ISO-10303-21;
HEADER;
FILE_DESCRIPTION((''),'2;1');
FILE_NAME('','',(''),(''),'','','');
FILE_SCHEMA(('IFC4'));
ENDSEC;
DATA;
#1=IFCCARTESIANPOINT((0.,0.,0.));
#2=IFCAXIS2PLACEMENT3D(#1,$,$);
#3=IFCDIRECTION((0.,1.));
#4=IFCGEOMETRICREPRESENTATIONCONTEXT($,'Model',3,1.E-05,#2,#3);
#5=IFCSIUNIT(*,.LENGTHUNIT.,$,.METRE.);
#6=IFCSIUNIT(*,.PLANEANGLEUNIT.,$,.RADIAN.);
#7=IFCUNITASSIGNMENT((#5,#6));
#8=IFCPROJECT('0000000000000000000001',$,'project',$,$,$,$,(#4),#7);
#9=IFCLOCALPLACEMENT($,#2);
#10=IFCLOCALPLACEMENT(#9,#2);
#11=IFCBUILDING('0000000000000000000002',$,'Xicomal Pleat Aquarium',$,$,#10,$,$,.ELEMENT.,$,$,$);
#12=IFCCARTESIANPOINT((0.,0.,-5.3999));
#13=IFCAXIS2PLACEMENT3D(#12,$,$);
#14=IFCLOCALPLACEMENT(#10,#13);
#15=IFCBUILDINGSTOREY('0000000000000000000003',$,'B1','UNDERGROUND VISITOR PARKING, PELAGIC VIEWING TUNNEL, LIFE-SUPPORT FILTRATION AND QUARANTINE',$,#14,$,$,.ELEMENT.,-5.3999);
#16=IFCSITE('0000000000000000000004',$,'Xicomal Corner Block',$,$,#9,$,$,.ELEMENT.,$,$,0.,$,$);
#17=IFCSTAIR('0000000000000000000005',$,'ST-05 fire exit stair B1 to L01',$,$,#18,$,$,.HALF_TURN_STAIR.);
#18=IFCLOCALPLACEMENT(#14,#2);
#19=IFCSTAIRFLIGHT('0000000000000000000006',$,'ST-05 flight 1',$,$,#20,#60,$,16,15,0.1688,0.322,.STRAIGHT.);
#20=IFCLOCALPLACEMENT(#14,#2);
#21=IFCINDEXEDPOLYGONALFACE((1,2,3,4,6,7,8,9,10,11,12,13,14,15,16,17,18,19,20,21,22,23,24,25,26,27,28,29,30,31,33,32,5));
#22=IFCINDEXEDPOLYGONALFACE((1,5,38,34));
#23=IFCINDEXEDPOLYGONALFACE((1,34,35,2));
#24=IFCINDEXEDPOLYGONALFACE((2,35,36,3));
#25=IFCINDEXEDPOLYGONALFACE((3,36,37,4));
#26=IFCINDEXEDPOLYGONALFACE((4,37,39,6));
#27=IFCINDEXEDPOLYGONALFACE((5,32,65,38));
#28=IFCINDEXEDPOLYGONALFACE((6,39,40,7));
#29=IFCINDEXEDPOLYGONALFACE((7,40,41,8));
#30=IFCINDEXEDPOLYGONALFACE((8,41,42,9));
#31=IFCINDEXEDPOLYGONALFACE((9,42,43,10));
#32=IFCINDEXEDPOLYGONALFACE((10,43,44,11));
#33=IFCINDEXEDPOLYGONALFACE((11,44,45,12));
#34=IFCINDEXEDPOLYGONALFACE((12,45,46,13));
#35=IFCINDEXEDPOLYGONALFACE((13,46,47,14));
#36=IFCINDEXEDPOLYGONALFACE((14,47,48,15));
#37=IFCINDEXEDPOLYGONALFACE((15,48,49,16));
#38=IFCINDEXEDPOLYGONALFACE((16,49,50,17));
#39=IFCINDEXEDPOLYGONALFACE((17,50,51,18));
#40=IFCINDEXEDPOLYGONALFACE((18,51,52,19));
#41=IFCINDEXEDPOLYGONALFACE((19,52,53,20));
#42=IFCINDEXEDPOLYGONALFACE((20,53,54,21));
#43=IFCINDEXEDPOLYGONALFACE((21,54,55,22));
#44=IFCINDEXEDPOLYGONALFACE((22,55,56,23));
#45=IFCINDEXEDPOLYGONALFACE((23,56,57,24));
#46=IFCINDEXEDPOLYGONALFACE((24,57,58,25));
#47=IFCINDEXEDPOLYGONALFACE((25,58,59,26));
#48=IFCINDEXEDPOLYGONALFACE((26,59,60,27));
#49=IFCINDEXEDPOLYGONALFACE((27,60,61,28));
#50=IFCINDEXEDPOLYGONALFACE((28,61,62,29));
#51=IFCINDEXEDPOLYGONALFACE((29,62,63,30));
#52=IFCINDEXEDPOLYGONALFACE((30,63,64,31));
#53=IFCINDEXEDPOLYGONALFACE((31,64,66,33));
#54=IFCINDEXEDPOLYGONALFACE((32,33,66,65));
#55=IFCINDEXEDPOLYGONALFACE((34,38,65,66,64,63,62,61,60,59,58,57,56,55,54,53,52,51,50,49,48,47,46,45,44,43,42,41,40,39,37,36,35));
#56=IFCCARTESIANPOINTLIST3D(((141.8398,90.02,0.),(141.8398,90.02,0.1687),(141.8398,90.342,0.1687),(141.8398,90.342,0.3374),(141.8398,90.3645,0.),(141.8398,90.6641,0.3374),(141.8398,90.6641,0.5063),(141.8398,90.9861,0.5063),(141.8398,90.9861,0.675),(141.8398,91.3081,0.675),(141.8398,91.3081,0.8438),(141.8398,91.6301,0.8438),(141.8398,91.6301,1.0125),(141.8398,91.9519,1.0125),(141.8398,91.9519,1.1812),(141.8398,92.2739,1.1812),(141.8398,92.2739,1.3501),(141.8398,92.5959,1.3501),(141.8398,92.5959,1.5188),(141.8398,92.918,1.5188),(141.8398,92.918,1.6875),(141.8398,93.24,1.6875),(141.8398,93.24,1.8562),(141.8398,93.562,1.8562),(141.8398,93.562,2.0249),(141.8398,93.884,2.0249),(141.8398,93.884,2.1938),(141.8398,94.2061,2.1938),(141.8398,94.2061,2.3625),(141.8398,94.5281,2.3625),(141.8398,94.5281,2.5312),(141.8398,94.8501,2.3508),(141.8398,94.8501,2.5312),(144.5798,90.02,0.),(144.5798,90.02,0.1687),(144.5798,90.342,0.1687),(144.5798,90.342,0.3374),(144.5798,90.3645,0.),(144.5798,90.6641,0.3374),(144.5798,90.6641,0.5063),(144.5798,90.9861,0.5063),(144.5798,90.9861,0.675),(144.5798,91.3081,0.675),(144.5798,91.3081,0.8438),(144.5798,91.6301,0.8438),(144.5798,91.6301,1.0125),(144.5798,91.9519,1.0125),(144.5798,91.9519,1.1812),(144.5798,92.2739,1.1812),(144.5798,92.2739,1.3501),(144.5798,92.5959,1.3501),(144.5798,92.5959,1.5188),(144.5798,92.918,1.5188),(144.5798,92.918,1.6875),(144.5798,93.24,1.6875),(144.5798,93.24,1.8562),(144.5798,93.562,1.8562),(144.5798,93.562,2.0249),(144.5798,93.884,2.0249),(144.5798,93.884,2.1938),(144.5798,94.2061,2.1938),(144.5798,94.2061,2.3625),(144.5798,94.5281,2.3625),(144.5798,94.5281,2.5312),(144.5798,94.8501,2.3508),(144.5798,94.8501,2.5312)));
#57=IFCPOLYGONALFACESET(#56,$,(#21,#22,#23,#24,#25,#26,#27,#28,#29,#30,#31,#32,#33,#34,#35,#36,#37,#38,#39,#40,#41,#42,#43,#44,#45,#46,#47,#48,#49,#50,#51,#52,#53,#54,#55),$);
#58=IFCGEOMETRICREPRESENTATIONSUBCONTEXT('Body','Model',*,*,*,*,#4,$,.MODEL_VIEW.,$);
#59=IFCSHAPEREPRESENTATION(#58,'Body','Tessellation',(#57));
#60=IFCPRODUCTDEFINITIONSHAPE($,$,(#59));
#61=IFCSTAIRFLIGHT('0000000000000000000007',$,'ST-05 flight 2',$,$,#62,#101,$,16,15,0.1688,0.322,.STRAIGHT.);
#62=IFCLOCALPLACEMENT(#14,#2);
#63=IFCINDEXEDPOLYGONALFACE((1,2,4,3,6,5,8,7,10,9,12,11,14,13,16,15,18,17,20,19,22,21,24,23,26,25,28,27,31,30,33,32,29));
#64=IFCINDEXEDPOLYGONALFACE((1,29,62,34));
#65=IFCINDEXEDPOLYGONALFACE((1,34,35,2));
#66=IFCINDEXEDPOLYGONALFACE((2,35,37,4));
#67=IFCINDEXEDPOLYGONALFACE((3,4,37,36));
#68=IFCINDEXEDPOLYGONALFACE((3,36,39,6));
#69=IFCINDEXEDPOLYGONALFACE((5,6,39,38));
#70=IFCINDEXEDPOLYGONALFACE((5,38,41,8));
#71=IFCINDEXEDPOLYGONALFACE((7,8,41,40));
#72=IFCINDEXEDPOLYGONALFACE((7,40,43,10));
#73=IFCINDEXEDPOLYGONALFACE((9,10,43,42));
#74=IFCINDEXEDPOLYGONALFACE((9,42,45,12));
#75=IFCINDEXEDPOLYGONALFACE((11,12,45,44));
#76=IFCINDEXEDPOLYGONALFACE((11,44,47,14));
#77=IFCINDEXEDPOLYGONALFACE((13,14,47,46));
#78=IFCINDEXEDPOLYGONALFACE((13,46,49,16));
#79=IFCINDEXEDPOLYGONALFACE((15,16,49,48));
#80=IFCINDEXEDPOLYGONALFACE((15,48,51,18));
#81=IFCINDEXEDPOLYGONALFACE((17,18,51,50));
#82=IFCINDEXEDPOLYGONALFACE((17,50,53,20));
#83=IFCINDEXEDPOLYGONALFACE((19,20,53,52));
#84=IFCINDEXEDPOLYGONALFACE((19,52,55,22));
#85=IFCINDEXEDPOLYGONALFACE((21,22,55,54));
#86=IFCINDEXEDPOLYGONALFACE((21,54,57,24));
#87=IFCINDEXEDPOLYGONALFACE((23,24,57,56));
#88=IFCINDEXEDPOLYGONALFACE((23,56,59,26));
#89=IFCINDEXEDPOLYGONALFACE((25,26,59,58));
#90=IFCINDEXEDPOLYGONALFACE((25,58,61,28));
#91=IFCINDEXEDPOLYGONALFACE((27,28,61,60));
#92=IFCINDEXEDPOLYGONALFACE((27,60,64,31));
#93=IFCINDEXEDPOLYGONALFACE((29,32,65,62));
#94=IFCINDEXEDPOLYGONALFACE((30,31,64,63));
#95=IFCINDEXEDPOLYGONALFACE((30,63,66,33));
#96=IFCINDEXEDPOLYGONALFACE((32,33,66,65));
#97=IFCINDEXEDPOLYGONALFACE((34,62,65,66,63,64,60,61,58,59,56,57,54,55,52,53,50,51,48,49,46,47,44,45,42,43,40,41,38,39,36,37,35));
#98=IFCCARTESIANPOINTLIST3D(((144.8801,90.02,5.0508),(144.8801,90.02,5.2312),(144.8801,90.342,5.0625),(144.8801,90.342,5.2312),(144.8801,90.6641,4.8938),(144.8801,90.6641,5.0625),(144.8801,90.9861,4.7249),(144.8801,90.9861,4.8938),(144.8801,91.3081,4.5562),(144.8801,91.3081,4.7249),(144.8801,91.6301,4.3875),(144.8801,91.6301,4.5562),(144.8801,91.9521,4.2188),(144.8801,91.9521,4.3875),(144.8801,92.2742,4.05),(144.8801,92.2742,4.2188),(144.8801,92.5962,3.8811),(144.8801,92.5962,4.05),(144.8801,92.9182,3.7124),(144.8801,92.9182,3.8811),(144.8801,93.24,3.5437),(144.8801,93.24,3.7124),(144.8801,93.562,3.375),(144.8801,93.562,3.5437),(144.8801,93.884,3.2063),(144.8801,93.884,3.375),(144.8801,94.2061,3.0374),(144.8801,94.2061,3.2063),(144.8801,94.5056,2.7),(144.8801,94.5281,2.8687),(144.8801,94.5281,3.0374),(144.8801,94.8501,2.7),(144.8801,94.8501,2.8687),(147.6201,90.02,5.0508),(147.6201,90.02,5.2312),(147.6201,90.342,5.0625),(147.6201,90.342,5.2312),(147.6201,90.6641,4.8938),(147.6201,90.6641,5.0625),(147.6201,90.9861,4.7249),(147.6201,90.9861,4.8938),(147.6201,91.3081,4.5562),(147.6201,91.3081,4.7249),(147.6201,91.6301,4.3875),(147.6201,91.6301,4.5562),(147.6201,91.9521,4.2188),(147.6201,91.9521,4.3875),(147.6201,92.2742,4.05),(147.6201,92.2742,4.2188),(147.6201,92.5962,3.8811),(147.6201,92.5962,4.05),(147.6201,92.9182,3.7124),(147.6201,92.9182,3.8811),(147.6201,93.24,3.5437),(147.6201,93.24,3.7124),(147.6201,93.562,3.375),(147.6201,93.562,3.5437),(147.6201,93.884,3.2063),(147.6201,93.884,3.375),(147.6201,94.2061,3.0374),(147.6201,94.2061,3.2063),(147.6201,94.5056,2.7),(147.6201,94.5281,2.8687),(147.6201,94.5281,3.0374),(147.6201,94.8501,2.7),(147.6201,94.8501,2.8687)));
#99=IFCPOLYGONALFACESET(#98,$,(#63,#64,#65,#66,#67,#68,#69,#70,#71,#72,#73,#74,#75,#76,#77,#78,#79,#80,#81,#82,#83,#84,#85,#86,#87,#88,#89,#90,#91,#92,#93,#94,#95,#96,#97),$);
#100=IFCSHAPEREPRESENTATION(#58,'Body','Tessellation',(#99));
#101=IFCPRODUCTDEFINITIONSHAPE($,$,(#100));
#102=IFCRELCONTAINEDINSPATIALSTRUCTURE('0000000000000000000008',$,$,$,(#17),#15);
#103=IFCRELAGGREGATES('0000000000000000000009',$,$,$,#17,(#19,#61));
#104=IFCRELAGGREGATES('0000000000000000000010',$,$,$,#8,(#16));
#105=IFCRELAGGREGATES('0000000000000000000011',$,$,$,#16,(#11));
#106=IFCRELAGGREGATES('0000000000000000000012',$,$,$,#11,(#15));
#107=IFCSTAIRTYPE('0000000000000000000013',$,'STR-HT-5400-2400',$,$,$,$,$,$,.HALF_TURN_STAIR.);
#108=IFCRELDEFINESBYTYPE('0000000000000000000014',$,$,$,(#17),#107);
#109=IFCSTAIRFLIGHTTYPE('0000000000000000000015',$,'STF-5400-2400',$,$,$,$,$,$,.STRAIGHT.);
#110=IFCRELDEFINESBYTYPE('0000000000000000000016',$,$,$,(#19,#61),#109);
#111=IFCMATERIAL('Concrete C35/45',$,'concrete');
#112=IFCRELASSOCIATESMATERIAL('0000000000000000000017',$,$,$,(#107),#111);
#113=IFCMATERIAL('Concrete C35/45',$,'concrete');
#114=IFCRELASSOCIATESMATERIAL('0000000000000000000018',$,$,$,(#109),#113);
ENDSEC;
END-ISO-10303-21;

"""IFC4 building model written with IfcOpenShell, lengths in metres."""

from ifc_helpers import new_model, si_unit, direction, frame, origin, place, context, subcontext, project, spatial, polyline, outline, extrude, material, type_object, element, aggregate, save


model = new_model("IFC4")

# Units and contexts
model_context = context("Model", 3, precision=1e-05, world=origin(), true_north=direction((0.0, 1.0)))
body_context = subcontext(model_context, "Body", "Model", "MODEL_VIEW")
ifc_project = project(units=[si_unit("LENGTHUNIT", "METRE"), si_unit("PLANEANGLEUNIT", "RADIAN")], contexts=[model_context])

# Site, building, storey
site_placement = place(None, origin())
site = spatial("IfcSite", under=ifc_project, at=site_placement, Name="Xicomal Corner Block", CompositionType="ELEMENT", RefElevation=0.0)
building_placement = place(site_placement, origin())
building = spatial("IfcBuilding", under=site, at=building_placement, Name="Xicomal Pleat Aquarium", CompositionType="ELEMENT")
storey_placement = place(building_placement, frame((0.0, 0.0, -5.3999)))
storey = spatial("IfcBuildingStorey", under=building, at=storey_placement, Name="B1", Description="UNDERGROUND VISITOR PARKING, PELAGIC VIEWING TUNNEL, LIFE-SUPPORT FILTRATION AND QUARANTINE", CompositionType="ELEMENT", Elevation=-5.3999)

# Stair, stair flights
ifc_material_1 = material(Name="Concrete C35/45", Category="concrete")
stair_type = type_object("IfcStairType", Name="STR-HT-5400-2400", PredefinedType="HALF_TURN_STAIR", material=ifc_material_1)
stair_placement = place(storey_placement, origin())
stair = element("IfcStair", 1, at=stair_placement, inside=storey, type_object=stair_type, Name="ST-05 fire exit stair B1 to L01", PredefinedType="HALF_TURN_STAIR")
ifc_material_2 = material(Name="Concrete C35/45", Category="concrete")
stair_flight_type = type_object("IfcStairFlightType", Name="STF-5400-2400", PredefinedType="STRAIGHT", material=ifc_material_2)
stair_flight_1_placement = place(storey_placement, frame((143.21, 90.02, 0.0), z_axis=(0.0, 0.0, 1.0), x_axis=(0.0, 1.0, 0.0)))
stair_flight_1 = element("IfcStairFlight", 2, at=stair_flight_1_placement, type_object=stair_flight_type, Name="ST-05 flight 1", NumberOfRisers=16, NumberOfTreads=15, PredefinedType="STRAIGHT", RiserHeight=0.1688, TreadLength=0.322, context=body_context, shape_type="SweptSolid", body=[
    extrude(outline(polyline([(0.0, 0.0), (0.0, 0.1687), (0.322, 0.1687), (0.322, 0.3374), (0.644, 0.3374), (0.644, 0.5063), (0.9661, 0.5063), (0.9661, 0.675), (1.2881, 0.675), (1.2881, 0.8438), (1.6101, 0.8438), (1.6101, 1.0125), (1.9319, 1.0125), (1.9319, 1.1812), (2.2539, 1.1812), (2.2539, 1.3501), (2.5759, 1.3501), (2.5759, 1.5188), (2.8979, 1.5188), (2.8979, 1.6875), (3.22, 1.6875), (3.22, 1.8562), (3.542, 1.8562), (3.542, 2.0249), (3.864, 2.0249), (3.864, 2.1938), (4.186, 2.1938), (4.186, 2.3625), (4.5081, 2.3625), (4.5081, 2.5312), (4.8301, 2.5312), (4.8301, 2.7), (4.8301, 2.3508), (0.3445, 0.0), (0.0, 0.0)])), frame((0.0, 1.3701, 0.0), z_axis=(0.0, -1.0, 0.0), x_axis=(1.0, 0.0, 0.0)), (0.0, 0.0, 1.0), 2.74),
])
stair_flight_2_placement = place(storey_placement, frame((146.25, 94.8501, 2.7), z_axis=(0.0, 0.0, 1.0), x_axis=(0.0, -1.0, 0.0)))
stair_flight_2 = element("IfcStairFlight", 3, at=stair_flight_2_placement, type_object=stair_flight_type, Name="ST-05 flight 2", NumberOfRisers=16, NumberOfTreads=15, PredefinedType="STRAIGHT", RiserHeight=0.1688, TreadLength=0.322, context=body_context, shape_type="SweptSolid", body=[
    extrude(outline(polyline([(0.0, 0.0), (0.0, 0.1687), (0.322, 0.1687), (0.322, 0.3374), (0.644, 0.3374), (0.644, 0.5063), (0.9661, 0.5063), (0.9661, 0.675), (1.2881, 0.675), (1.2881, 0.8438), (1.6101, 0.8438), (1.6101, 1.0125), (1.9319, 1.0125), (1.9319, 1.1812), (2.2539, 1.1812), (2.2539, 1.3501), (2.5759, 1.3501), (2.5759, 1.5188), (2.8979, 1.5188), (2.8979, 1.6875), (3.22, 1.6875), (3.22, 1.8562), (3.542, 1.8562), (3.542, 2.0249), (3.864, 2.0249), (3.864, 2.1938), (4.186, 2.1938), (4.186, 2.3625), (4.5081, 2.3625), (4.5081, 2.5312), (4.8301, 2.5312), (4.8301, 2.7), (4.8301, 2.3508), (0.3445, 0.0), (0.0, 0.0)])), frame((0.0, 1.3701, 0.0), z_axis=(0.0, -1.0, 0.0), x_axis=(1.0, 0.0, 0.0)), (0.0, 0.0, 1.0), 2.74),
])
aggregate(stair, [stair_flight_1, stair_flight_2])

save(model, "model.ifc")
